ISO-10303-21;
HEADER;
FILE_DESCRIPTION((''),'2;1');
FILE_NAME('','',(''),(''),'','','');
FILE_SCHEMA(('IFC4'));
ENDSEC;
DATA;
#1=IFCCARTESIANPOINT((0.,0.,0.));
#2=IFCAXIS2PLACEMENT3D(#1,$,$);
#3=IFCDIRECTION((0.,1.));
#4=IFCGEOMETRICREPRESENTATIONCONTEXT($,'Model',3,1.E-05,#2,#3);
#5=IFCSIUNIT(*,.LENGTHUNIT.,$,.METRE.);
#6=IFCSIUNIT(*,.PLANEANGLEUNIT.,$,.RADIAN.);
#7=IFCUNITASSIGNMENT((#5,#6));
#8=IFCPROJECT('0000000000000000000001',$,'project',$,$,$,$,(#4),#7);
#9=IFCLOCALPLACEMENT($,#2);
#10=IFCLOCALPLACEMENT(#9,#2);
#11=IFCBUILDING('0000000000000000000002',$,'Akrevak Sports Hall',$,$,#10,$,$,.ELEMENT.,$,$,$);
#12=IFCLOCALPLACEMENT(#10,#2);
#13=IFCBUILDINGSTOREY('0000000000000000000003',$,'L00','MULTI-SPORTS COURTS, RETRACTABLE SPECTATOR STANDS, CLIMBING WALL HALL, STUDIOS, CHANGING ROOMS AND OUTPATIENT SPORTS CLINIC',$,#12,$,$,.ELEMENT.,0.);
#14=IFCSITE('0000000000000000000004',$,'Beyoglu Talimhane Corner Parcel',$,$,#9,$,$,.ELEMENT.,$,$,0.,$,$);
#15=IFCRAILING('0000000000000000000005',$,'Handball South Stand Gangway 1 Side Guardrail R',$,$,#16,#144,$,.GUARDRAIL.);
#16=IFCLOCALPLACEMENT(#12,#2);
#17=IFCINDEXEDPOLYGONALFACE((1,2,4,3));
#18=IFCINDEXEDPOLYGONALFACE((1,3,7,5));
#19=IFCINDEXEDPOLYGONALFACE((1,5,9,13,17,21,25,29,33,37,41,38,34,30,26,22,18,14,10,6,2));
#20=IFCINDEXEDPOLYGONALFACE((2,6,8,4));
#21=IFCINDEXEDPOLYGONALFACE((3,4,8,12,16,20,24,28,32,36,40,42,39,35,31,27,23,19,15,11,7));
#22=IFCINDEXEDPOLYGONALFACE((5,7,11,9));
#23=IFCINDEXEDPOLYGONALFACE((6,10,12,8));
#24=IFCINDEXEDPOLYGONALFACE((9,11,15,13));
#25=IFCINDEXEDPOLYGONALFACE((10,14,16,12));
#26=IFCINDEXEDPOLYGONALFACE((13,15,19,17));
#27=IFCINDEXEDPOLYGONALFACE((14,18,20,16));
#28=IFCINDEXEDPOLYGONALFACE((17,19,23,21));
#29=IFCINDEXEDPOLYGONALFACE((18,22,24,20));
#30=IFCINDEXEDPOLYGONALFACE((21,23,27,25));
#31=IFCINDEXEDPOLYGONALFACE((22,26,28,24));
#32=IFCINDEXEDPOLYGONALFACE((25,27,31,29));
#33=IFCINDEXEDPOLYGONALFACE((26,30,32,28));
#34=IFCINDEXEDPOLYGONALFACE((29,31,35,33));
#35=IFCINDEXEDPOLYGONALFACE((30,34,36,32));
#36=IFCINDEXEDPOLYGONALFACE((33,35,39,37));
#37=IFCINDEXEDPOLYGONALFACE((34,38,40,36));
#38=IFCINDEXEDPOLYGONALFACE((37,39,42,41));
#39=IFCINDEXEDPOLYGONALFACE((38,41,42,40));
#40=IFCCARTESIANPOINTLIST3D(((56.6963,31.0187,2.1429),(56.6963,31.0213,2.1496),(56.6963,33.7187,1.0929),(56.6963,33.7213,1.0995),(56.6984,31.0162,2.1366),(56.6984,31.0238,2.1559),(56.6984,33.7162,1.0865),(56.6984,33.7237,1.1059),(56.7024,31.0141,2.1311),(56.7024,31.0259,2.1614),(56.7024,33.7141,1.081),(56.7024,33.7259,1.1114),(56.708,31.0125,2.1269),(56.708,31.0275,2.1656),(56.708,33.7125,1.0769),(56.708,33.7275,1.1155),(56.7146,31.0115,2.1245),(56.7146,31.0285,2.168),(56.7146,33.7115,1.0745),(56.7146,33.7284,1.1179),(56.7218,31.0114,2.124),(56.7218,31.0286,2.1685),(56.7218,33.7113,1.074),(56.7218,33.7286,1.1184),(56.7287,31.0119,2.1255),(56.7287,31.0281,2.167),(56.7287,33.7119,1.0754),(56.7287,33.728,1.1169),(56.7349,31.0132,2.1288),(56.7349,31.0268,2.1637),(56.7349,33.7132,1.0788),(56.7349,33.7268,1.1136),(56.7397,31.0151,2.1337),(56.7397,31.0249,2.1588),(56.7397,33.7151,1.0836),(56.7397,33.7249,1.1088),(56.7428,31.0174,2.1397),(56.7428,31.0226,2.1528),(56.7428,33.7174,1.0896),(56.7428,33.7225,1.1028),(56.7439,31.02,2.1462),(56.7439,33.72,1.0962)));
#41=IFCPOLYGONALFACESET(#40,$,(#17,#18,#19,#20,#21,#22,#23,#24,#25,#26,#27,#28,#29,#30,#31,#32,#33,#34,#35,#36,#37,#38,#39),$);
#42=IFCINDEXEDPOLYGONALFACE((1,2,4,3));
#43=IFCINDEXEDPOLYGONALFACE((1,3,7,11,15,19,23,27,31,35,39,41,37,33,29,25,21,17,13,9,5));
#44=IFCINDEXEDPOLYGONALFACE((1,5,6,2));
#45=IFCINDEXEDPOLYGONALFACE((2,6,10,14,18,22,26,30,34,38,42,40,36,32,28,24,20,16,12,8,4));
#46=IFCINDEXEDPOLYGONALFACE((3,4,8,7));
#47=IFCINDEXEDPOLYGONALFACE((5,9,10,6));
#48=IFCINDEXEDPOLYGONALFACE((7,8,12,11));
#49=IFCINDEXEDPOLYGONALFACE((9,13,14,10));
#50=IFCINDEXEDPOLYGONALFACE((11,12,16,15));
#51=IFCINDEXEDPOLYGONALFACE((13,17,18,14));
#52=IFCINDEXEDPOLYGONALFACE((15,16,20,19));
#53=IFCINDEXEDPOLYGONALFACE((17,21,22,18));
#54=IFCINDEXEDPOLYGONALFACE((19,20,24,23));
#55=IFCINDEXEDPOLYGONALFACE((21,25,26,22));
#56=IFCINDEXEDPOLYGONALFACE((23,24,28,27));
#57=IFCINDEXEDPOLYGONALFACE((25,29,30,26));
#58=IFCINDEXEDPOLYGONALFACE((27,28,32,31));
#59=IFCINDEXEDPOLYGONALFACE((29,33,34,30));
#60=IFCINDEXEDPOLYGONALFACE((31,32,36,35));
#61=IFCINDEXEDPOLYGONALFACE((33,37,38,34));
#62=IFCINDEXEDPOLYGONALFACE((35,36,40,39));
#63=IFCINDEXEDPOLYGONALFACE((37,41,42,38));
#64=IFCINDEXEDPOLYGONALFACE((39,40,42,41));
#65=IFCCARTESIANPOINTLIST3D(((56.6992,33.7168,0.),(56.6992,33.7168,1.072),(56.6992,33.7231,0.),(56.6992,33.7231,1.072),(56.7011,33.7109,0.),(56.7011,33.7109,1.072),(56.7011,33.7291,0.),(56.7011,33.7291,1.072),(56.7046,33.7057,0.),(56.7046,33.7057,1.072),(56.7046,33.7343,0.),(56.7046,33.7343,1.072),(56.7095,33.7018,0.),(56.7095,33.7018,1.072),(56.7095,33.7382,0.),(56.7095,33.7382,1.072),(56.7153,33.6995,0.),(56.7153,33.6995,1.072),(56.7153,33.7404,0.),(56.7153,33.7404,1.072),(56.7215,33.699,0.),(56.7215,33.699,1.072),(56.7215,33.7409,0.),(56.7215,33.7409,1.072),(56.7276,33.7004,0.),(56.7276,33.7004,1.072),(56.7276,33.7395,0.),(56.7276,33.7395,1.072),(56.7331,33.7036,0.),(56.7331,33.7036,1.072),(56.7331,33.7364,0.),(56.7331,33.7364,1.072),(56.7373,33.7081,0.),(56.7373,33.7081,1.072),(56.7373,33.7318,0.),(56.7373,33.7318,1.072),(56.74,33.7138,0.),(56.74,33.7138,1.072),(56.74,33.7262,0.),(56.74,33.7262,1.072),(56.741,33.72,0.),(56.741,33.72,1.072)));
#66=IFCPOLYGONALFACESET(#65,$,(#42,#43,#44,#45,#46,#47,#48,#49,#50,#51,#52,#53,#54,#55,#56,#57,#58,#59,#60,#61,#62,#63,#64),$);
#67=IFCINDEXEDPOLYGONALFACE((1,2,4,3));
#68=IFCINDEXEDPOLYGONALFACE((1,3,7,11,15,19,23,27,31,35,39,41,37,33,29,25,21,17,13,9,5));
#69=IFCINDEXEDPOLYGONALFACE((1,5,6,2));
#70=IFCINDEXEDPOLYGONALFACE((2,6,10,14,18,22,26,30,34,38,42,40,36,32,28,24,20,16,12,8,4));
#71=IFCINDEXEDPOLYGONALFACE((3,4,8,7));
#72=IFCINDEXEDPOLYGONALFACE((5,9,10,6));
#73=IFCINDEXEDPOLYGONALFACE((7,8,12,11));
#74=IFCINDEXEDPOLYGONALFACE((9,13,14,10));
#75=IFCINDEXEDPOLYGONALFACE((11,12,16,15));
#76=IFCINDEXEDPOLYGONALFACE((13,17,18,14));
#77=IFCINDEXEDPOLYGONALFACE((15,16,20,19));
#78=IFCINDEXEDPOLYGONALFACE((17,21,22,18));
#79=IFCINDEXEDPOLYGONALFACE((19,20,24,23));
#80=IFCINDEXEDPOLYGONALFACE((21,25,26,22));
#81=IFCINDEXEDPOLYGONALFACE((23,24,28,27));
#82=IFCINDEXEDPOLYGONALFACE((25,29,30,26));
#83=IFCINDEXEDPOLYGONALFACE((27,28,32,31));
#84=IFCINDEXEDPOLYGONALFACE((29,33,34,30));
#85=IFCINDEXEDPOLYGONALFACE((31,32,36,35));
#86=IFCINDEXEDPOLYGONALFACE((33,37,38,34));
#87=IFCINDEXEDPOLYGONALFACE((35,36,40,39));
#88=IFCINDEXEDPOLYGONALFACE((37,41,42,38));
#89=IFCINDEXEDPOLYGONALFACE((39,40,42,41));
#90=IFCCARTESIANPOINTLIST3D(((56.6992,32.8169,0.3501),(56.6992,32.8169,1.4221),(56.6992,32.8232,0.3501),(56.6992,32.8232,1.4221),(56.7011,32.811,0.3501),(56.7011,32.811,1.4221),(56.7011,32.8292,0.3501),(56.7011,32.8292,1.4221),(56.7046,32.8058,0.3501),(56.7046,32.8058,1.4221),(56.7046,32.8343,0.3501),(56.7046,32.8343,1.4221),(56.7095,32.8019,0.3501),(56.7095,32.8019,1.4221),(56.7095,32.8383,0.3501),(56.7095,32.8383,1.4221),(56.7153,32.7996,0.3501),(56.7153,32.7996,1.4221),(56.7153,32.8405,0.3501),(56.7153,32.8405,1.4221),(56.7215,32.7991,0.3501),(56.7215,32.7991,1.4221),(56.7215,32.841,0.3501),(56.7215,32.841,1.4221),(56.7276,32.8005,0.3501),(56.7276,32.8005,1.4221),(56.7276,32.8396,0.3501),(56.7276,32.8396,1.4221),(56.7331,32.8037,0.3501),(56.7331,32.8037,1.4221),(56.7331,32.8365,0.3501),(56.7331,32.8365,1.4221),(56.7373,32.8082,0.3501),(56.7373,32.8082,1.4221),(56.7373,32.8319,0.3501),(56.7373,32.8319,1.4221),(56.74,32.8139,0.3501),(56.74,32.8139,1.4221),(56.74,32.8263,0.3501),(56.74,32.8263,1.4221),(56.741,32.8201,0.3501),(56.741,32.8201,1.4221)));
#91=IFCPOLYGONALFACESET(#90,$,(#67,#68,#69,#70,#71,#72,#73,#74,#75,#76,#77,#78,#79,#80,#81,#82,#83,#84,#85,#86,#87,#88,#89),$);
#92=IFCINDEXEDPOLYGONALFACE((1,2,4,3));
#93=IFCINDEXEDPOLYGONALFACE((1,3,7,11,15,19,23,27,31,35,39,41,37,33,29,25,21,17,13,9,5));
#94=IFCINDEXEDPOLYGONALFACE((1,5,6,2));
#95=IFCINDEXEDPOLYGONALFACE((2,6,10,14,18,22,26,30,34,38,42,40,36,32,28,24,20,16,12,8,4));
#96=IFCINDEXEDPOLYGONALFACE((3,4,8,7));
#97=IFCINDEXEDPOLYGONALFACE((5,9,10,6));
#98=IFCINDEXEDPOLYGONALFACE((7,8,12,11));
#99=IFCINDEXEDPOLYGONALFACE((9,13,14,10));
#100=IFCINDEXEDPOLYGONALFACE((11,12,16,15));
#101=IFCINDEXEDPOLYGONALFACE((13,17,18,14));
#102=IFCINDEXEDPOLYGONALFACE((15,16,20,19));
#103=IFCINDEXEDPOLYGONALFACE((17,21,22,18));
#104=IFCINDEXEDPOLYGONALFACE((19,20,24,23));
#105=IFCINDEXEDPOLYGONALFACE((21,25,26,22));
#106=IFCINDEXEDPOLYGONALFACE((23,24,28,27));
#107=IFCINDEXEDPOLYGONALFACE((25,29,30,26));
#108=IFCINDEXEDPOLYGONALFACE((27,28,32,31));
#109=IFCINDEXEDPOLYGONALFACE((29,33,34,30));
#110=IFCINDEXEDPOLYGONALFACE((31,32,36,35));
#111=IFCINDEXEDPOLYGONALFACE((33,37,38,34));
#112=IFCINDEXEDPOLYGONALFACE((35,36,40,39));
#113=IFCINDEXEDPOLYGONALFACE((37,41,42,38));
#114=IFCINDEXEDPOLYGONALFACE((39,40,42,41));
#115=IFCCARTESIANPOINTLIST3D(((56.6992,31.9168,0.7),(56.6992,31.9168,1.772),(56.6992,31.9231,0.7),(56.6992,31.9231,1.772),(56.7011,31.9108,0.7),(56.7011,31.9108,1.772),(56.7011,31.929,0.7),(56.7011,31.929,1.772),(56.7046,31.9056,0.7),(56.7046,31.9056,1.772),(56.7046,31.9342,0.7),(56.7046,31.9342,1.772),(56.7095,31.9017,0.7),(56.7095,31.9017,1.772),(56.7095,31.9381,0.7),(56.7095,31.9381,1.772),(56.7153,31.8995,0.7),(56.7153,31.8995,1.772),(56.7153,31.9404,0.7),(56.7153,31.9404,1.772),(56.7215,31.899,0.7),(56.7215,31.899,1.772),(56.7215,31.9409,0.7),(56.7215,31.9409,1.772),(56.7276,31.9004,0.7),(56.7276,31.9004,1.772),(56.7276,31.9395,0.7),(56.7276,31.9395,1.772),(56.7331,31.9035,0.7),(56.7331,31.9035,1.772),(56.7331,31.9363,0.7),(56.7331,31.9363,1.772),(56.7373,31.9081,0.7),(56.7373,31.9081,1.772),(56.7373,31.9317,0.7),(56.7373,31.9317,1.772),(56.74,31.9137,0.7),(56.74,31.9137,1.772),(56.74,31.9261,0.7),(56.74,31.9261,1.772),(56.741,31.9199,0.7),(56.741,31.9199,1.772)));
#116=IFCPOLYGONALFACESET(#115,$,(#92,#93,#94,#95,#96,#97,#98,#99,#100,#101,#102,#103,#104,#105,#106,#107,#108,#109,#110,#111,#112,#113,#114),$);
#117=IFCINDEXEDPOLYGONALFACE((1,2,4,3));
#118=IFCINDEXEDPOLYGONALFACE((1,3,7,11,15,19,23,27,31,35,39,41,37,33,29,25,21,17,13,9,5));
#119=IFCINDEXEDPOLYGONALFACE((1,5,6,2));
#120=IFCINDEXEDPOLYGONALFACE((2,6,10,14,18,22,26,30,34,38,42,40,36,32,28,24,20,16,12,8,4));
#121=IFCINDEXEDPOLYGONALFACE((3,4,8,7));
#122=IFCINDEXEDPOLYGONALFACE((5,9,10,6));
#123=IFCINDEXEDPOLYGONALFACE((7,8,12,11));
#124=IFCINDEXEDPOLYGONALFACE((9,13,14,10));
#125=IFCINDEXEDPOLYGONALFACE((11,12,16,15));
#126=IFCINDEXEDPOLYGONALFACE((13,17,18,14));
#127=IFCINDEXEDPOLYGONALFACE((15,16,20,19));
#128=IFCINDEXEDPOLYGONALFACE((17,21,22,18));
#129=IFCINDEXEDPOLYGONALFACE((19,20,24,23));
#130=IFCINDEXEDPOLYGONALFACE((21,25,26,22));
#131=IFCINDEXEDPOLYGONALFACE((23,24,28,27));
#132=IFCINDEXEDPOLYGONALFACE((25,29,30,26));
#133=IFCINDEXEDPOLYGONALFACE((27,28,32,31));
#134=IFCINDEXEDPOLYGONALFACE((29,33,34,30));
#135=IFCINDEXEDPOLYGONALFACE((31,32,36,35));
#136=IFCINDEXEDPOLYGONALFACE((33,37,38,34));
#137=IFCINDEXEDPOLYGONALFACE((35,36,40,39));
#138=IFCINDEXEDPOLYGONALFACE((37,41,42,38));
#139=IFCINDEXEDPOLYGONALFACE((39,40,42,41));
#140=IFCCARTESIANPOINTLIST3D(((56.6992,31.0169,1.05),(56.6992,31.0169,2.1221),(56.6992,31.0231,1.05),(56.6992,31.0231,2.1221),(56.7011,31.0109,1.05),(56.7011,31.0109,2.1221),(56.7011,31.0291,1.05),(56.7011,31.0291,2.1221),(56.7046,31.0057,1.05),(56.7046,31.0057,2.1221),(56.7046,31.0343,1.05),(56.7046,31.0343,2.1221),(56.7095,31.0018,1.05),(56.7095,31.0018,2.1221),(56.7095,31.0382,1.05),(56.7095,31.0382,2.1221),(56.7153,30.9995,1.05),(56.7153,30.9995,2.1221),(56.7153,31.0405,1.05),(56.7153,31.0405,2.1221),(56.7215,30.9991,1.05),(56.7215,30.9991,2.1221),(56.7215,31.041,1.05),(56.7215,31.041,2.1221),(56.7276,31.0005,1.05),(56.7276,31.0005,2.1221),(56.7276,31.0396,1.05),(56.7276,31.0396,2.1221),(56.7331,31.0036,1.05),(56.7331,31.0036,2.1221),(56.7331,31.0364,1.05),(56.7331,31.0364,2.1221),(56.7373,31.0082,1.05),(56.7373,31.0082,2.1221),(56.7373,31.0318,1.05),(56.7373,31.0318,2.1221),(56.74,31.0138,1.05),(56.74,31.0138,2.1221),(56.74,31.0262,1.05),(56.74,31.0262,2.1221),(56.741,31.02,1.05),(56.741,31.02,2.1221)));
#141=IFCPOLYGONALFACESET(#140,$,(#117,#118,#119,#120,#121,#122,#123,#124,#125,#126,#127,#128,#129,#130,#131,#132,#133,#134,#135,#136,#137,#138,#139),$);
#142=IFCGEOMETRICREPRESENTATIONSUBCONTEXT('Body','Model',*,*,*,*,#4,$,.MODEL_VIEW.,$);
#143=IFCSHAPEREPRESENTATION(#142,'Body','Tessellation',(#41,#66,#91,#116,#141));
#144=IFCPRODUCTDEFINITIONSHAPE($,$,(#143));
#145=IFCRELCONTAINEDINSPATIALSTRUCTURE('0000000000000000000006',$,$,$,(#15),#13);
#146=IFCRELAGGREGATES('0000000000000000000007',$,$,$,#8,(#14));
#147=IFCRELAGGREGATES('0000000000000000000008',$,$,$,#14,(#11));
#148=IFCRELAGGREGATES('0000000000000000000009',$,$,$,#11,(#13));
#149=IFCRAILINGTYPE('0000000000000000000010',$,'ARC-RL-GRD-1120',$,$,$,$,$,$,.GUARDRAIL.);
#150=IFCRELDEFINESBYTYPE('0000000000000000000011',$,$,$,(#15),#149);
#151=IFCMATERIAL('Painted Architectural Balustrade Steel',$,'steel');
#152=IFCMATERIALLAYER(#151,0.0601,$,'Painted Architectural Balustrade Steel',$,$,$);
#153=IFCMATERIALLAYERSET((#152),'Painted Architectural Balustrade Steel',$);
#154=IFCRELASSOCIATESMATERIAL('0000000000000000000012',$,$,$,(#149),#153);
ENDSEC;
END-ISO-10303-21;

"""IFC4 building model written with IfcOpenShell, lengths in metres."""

from ifc_helpers import new_model, si_unit, direction, frame, origin, origin_2d, place, context, subcontext, project, spatial, circle, extrude, material, layer, layer_set, type_object, element, save


model = new_model("IFC4")

# Units and contexts
model_context = context("Model", 3, precision=1e-05, world=origin(), true_north=direction((0.0, 1.0)))
body_context = subcontext(model_context, "Body", "Model", "MODEL_VIEW")
ifc_project = project(units=[si_unit("LENGTHUNIT", "METRE"), si_unit("PLANEANGLEUNIT", "RADIAN")], contexts=[model_context])

# Site, building, storey
site_placement = place(None, origin())
site = spatial("IfcSite", under=ifc_project, at=site_placement, Name="Beyoglu Talimhane Corner Parcel", CompositionType="ELEMENT", RefElevation=0.0)
building_placement = place(site_placement, origin())
building = spatial("IfcBuilding", under=site, at=building_placement, Name="Akrevak Sports Hall", CompositionType="ELEMENT")
storey_placement = place(building_placement, origin())
storey = spatial("IfcBuildingStorey", under=building, at=storey_placement, Name="L00", Description="MULTI-SPORTS COURTS, RETRACTABLE SPECTATOR STANDS, CLIMBING WALL HALL, STUDIOS, CHANGING ROOMS AND OUTPATIENT SPORTS CLINIC", CompositionType="ELEMENT", Elevation=0.0)

# Railing
ifc_material_1 = material(Name="Painted Architectural Balustrade Steel", Category="steel")
ifc_layer_1 = layer(ifc_material_1, 0.0601, Name="Painted Architectural Balustrade Steel")
ifc_layer_set_1 = layer_set([ifc_layer_1], Name="Painted Architectural Balustrade Steel")
railing_type_1 = type_object("IfcRailingType", Name="ARC-RL-GRD-1120", PredefinedType="GUARDRAIL", material=ifc_layer_set_1)
for number, where, name in (
    (1, (56.72, 33.72, 0.0), "Handball South Stand Gangway 1 Side Guardrail R"),
):
    element("IfcRailing", number, at=place(storey_placement, frame(where)), inside=storey, type_object=railing_type_1, Name=name, PredefinedType="GUARDRAIL", context=body_context, shape_type="SweptSolid", body=[
        extrude(circle(Radius=0.0239, at=origin_2d()), frame((0.0, 0.0, 1.0962), z_axis=(0.0, -0.931997, 0.362467), x_axis=(1.0, 0.0, 0.0)), (0.0, 0.0, 1.0), 2.897),
        extrude(circle(Radius=0.021, at=origin_2d()), origin(), (0.0, 0.0, 1.0), 1.072),
        extrude(circle(Radius=0.021, at=origin_2d()), frame((0.0, -0.8999, 0.3501)), (0.0, 0.0, 1.0), 1.072),
        extrude(circle(Radius=0.021, at=origin_2d()), frame((0.0, -1.8, 0.7)), (0.0, 0.0, 1.0), 1.072),
        extrude(circle(Radius=0.021, at=origin_2d()), frame((0.0, -2.7, 1.05)), (0.0, 0.0, 1.0), 1.072),
    ])

save(model, "model.ifc")
